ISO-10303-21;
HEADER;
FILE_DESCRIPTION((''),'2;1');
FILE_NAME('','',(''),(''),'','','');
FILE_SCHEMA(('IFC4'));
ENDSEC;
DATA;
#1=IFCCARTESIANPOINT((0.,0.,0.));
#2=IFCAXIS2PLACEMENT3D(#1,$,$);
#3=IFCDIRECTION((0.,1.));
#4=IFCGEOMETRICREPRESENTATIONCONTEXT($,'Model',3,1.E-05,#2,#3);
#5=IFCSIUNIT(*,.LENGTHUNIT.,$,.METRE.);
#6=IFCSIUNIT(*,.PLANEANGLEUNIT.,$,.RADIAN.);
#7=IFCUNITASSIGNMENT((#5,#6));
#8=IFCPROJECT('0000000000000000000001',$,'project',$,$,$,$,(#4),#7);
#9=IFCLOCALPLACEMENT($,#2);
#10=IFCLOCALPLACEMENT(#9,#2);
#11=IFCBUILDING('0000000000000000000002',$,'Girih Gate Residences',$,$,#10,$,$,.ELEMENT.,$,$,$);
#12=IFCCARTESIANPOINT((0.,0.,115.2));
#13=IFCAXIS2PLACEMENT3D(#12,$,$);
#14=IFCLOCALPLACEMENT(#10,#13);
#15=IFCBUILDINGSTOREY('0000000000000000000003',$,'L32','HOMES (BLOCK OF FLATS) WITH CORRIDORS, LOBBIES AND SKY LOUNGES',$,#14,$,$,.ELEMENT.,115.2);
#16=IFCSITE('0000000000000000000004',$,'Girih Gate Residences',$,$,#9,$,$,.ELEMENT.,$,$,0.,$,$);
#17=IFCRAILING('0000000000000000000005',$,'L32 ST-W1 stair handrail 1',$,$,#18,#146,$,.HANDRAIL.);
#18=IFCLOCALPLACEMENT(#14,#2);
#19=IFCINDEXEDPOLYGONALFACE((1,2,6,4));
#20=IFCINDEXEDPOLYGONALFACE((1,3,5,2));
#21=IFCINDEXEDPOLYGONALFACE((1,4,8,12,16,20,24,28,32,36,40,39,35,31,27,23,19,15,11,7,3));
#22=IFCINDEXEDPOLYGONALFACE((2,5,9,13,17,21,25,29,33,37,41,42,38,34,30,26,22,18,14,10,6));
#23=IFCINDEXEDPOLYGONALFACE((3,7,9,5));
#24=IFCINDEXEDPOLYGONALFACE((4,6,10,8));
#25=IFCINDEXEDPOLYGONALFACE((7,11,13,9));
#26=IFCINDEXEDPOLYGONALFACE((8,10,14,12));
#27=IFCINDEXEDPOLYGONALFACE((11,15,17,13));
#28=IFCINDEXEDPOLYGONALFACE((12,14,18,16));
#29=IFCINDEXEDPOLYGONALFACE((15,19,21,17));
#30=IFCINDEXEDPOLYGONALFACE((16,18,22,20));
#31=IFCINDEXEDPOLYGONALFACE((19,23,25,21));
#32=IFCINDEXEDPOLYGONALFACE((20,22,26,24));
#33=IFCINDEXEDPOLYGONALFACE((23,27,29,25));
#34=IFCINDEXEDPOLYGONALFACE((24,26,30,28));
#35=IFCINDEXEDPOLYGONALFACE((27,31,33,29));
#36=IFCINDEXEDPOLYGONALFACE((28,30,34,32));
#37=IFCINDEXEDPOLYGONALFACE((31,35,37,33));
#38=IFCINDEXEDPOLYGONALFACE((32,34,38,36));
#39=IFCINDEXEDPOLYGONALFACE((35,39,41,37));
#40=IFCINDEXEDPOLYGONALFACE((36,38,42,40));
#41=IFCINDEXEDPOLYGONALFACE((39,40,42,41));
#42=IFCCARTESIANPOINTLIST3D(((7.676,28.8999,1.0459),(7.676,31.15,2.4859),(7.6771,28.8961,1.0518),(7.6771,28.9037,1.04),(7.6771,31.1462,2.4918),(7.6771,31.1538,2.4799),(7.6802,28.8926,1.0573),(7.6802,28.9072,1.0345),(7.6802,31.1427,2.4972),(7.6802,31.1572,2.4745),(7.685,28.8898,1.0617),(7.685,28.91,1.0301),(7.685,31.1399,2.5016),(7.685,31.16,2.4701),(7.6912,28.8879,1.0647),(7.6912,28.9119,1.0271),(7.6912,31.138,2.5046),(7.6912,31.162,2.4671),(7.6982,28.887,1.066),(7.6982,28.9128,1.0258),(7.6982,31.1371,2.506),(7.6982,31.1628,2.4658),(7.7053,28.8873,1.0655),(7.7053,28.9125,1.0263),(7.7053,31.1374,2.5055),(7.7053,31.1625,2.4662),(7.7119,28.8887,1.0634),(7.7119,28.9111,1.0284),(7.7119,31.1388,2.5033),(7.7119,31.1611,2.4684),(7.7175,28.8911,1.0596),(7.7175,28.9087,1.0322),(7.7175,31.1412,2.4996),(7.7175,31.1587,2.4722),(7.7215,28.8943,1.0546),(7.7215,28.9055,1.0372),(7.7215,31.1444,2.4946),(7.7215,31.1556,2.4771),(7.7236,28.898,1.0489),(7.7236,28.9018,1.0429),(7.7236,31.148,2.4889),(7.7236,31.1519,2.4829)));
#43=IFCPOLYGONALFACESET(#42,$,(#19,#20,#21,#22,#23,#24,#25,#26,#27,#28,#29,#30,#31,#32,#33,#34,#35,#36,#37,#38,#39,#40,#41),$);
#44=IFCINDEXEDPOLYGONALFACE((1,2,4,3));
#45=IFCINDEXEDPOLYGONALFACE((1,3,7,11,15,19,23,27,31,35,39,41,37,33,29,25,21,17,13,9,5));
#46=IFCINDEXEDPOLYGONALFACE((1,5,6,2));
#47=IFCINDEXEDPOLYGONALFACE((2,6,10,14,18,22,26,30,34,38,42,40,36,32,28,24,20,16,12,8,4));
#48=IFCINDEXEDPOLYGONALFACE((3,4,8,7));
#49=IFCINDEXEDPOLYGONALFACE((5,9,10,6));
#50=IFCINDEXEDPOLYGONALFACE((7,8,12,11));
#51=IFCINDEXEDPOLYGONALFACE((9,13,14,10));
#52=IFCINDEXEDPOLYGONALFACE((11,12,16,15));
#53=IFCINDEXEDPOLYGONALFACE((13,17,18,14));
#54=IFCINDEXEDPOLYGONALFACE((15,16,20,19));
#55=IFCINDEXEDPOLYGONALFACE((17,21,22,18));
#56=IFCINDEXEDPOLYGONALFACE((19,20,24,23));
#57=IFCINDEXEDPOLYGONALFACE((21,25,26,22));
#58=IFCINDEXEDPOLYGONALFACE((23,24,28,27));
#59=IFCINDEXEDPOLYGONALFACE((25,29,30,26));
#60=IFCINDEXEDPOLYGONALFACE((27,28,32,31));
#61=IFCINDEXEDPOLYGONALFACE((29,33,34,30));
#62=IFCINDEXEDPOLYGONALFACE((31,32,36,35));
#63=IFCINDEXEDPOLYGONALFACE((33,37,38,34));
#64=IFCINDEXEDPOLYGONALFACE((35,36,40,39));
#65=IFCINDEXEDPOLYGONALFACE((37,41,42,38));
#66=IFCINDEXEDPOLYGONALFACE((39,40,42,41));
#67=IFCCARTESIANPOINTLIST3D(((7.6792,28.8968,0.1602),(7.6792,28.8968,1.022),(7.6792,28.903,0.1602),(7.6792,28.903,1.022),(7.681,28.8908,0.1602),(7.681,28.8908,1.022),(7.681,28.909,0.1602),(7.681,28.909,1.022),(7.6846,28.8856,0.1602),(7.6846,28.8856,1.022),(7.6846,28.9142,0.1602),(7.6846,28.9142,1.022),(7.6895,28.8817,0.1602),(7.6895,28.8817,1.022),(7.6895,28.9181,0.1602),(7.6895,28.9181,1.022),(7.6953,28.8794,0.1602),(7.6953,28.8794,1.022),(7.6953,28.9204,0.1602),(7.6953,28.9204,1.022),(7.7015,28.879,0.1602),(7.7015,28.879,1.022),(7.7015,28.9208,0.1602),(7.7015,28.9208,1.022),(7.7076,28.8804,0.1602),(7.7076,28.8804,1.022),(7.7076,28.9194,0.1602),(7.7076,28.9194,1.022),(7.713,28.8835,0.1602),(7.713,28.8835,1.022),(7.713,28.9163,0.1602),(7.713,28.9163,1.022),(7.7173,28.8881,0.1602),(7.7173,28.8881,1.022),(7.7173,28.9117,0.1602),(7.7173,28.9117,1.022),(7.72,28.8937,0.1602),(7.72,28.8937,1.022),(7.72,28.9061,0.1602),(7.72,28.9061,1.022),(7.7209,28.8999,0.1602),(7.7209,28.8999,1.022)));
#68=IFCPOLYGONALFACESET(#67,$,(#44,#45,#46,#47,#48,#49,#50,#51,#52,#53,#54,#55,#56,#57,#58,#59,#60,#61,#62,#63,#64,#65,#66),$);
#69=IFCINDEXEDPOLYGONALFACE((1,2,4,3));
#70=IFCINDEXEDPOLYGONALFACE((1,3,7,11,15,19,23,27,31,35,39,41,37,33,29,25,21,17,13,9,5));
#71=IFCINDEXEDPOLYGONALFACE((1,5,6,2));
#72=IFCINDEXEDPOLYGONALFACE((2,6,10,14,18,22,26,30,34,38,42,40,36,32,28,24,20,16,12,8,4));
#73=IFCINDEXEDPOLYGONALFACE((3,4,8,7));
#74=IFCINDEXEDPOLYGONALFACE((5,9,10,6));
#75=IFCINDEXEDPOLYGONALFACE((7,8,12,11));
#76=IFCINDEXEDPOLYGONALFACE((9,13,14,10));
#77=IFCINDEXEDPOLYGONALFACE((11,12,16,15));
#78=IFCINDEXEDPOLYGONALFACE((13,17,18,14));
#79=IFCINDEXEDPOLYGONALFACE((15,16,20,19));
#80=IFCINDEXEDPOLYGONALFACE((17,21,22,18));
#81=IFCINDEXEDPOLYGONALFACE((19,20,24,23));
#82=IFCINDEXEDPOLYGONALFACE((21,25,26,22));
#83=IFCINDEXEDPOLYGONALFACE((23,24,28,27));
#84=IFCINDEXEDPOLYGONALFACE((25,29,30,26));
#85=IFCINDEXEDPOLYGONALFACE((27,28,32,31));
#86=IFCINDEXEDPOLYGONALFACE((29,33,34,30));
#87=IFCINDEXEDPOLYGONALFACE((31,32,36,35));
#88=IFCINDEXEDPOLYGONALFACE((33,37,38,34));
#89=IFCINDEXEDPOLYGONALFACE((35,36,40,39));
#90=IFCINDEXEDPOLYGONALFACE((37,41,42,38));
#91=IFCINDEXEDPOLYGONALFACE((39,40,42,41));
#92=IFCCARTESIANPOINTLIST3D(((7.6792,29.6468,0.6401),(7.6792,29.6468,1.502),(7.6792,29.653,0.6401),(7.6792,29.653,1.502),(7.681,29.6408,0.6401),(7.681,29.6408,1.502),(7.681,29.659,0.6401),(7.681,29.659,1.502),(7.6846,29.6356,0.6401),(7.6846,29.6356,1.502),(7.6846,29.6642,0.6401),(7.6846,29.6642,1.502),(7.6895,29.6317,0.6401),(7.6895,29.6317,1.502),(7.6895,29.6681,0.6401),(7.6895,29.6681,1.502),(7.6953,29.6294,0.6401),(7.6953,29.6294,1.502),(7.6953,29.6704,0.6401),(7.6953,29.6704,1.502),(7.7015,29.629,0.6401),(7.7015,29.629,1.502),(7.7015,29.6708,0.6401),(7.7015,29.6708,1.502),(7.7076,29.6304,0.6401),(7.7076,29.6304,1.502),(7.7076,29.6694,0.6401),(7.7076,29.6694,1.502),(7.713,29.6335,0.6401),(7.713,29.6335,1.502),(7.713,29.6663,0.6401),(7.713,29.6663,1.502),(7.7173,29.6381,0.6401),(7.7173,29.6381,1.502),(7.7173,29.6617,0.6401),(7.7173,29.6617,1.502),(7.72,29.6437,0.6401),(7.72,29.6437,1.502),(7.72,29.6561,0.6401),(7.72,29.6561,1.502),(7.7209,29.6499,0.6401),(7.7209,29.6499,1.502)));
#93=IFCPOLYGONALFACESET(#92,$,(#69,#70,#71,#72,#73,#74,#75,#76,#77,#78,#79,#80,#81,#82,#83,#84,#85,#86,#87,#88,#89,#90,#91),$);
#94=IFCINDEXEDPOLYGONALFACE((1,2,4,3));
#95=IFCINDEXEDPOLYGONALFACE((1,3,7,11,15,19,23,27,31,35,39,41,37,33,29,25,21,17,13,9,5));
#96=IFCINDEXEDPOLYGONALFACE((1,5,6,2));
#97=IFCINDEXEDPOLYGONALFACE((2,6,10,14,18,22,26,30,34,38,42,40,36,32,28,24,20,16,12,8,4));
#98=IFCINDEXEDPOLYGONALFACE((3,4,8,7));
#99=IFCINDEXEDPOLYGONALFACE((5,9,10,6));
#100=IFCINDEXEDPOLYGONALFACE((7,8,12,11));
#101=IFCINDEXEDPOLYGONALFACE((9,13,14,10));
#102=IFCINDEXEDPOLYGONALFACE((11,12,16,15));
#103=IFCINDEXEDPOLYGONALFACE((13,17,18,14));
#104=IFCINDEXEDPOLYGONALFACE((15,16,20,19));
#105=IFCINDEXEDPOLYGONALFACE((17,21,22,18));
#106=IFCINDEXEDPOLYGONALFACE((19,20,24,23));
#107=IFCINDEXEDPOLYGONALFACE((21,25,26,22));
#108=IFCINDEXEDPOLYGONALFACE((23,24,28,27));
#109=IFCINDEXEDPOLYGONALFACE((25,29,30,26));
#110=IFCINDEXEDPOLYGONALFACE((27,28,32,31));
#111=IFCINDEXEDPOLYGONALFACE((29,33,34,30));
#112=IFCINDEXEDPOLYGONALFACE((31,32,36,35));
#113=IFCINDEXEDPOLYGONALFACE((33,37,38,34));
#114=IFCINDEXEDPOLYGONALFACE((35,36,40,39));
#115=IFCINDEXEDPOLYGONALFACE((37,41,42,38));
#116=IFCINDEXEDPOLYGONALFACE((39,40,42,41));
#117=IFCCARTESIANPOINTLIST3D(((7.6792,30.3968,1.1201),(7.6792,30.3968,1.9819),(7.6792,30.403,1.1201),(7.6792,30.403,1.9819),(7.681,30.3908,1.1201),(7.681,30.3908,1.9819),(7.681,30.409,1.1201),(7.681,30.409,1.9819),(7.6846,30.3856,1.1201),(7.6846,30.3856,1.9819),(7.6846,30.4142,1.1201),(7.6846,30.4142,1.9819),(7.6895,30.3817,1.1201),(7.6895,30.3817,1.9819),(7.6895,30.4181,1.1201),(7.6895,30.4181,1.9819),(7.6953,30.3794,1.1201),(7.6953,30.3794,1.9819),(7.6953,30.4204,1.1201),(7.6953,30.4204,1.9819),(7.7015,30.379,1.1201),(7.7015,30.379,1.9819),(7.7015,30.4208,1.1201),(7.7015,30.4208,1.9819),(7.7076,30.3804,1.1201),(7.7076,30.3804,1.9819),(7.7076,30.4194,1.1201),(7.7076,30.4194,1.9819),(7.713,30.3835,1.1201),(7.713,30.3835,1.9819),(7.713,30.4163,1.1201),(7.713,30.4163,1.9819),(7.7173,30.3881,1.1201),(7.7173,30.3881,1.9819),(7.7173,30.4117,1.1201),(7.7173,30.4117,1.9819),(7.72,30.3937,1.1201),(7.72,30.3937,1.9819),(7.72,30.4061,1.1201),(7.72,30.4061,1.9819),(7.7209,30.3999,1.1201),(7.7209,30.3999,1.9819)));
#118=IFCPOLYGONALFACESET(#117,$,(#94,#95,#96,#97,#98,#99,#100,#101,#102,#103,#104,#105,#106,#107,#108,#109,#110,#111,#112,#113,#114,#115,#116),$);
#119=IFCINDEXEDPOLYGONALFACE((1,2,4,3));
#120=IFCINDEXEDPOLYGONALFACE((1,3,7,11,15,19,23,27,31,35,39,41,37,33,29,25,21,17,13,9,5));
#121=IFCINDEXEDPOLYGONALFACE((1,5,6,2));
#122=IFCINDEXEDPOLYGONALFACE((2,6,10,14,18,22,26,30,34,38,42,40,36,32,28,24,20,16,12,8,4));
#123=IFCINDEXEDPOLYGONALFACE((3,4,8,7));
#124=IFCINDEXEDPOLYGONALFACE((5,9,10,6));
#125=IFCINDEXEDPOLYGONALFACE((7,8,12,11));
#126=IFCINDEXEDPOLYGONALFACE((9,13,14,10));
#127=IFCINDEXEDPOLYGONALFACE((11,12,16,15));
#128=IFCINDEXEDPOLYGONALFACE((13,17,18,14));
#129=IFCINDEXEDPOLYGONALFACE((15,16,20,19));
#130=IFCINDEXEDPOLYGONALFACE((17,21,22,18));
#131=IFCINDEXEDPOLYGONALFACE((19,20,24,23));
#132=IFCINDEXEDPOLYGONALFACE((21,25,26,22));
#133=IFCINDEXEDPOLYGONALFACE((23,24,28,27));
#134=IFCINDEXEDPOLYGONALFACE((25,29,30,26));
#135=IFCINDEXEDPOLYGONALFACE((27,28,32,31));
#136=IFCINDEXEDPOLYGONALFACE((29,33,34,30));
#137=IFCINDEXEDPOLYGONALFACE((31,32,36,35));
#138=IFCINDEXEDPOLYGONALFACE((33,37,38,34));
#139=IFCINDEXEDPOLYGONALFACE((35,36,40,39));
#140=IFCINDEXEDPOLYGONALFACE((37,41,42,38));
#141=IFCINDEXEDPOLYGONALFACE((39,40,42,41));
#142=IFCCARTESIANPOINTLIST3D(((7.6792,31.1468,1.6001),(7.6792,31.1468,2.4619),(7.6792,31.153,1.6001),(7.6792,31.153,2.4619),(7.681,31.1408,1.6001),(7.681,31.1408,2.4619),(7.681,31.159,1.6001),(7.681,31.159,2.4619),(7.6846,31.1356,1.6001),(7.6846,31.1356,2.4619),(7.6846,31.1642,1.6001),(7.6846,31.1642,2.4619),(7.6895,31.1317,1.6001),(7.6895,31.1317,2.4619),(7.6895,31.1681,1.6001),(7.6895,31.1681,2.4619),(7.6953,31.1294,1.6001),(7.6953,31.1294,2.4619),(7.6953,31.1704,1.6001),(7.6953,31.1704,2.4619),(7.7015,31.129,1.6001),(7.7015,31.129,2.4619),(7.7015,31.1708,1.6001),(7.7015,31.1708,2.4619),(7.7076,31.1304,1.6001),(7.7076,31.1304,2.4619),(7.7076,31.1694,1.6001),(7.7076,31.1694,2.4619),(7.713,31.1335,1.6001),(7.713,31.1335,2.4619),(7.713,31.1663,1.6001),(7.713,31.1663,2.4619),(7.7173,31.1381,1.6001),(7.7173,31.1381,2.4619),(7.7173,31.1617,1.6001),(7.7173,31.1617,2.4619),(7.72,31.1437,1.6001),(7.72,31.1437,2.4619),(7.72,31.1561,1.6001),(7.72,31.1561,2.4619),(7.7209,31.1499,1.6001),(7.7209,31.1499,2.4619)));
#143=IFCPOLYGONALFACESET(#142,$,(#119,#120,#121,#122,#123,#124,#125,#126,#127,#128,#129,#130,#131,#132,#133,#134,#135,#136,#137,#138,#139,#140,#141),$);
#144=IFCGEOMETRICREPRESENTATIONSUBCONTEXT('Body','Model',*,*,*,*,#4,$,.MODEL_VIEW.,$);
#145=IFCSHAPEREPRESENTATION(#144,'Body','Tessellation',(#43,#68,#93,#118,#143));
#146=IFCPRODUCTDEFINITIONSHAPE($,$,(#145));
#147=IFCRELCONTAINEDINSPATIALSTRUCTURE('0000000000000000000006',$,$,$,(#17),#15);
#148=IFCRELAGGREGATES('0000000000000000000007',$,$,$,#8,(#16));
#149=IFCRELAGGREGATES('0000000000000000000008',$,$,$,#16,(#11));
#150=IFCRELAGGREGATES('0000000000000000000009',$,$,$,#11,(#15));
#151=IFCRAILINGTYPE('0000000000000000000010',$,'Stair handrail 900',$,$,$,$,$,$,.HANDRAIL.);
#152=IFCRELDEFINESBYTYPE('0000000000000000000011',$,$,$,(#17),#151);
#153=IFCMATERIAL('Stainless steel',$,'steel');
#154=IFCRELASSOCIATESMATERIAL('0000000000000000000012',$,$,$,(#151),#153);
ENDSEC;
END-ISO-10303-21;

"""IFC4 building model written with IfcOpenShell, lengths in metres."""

from ifc_helpers import new_model, si_unit, direction, frame, origin, origin_2d, place, context, subcontext, project, spatial, circle, extrude, material, type_object, element, save


model = new_model("IFC4")

# Units and contexts
model_context = context("Model", 3, precision=1e-05, world=origin(), true_north=direction((0.0, 1.0)))
body_context = subcontext(model_context, "Body", "Model", "MODEL_VIEW")
ifc_project = project(units=[si_unit("LENGTHUNIT", "METRE"), si_unit("PLANEANGLEUNIT", "RADIAN")], contexts=[model_context])

# Site, building, storey
site_placement = place(None, origin())
site = spatial("IfcSite", under=ifc_project, at=site_placement, Name="Girih Gate Residences", CompositionType="ELEMENT", RefElevation=0.0)
building_placement = place(site_placement, origin())
building = spatial("IfcBuilding", under=site, at=building_placement, Name="Girih Gate Residences", CompositionType="ELEMENT")
storey_placement = place(building_placement, frame((0.0, 0.0, 115.2)))
storey = spatial("IfcBuildingStorey", under=building, at=storey_placement, Name="L32", Description="HOMES (BLOCK OF FLATS) WITH CORRIDORS, LOBBIES AND SKY LOUNGES", CompositionType="ELEMENT", Elevation=115.2)

# Railing
ifc_material_1 = material(Name="Stainless steel", Category="steel")
railing_type_1 = type_object("IfcRailingType", Name="Stair handrail 900", PredefinedType="HANDRAIL", material=ifc_material_1)
railing_1_placement = place(storey_placement, frame((7.7, 28.8999, 0.1602)))
element("IfcRailing", 1, at=railing_1_placement, inside=storey, type_object=railing_type_1, Name="L32 ST-W1 stair handrail 1", PredefinedType="HANDRAIL", context=body_context, shape_type="SweptSolid", body=[
    extrude(circle(Radius=0.0239, at=origin_2d()), frame((0.0, 0.0, 0.8857), z_axis=(0.0, 0.842281, 0.539038), x_axis=(-1.0, 0.0, 0.0)), (0.0, 0.0, 1.0), 2.6714),
    extrude(circle(Radius=0.021, at=origin_2d()), origin(), (0.0, 0.0, 1.0), 0.8618),
    extrude(circle(Radius=0.021, at=origin_2d()), frame((0.0, 0.75, 0.48)), (0.0, 0.0, 1.0), 0.8618),
    extrude(circle(Radius=0.021, at=origin_2d()), frame((0.0, 1.5, 0.96)), (0.0, 0.0, 1.0), 0.8618),
    extrude(circle(Radius=0.021, at=origin_2d()), frame((0.0, 2.25, 1.4399)), (0.0, 0.0, 1.0), 0.8618),
])

save(model, "model.ifc")
